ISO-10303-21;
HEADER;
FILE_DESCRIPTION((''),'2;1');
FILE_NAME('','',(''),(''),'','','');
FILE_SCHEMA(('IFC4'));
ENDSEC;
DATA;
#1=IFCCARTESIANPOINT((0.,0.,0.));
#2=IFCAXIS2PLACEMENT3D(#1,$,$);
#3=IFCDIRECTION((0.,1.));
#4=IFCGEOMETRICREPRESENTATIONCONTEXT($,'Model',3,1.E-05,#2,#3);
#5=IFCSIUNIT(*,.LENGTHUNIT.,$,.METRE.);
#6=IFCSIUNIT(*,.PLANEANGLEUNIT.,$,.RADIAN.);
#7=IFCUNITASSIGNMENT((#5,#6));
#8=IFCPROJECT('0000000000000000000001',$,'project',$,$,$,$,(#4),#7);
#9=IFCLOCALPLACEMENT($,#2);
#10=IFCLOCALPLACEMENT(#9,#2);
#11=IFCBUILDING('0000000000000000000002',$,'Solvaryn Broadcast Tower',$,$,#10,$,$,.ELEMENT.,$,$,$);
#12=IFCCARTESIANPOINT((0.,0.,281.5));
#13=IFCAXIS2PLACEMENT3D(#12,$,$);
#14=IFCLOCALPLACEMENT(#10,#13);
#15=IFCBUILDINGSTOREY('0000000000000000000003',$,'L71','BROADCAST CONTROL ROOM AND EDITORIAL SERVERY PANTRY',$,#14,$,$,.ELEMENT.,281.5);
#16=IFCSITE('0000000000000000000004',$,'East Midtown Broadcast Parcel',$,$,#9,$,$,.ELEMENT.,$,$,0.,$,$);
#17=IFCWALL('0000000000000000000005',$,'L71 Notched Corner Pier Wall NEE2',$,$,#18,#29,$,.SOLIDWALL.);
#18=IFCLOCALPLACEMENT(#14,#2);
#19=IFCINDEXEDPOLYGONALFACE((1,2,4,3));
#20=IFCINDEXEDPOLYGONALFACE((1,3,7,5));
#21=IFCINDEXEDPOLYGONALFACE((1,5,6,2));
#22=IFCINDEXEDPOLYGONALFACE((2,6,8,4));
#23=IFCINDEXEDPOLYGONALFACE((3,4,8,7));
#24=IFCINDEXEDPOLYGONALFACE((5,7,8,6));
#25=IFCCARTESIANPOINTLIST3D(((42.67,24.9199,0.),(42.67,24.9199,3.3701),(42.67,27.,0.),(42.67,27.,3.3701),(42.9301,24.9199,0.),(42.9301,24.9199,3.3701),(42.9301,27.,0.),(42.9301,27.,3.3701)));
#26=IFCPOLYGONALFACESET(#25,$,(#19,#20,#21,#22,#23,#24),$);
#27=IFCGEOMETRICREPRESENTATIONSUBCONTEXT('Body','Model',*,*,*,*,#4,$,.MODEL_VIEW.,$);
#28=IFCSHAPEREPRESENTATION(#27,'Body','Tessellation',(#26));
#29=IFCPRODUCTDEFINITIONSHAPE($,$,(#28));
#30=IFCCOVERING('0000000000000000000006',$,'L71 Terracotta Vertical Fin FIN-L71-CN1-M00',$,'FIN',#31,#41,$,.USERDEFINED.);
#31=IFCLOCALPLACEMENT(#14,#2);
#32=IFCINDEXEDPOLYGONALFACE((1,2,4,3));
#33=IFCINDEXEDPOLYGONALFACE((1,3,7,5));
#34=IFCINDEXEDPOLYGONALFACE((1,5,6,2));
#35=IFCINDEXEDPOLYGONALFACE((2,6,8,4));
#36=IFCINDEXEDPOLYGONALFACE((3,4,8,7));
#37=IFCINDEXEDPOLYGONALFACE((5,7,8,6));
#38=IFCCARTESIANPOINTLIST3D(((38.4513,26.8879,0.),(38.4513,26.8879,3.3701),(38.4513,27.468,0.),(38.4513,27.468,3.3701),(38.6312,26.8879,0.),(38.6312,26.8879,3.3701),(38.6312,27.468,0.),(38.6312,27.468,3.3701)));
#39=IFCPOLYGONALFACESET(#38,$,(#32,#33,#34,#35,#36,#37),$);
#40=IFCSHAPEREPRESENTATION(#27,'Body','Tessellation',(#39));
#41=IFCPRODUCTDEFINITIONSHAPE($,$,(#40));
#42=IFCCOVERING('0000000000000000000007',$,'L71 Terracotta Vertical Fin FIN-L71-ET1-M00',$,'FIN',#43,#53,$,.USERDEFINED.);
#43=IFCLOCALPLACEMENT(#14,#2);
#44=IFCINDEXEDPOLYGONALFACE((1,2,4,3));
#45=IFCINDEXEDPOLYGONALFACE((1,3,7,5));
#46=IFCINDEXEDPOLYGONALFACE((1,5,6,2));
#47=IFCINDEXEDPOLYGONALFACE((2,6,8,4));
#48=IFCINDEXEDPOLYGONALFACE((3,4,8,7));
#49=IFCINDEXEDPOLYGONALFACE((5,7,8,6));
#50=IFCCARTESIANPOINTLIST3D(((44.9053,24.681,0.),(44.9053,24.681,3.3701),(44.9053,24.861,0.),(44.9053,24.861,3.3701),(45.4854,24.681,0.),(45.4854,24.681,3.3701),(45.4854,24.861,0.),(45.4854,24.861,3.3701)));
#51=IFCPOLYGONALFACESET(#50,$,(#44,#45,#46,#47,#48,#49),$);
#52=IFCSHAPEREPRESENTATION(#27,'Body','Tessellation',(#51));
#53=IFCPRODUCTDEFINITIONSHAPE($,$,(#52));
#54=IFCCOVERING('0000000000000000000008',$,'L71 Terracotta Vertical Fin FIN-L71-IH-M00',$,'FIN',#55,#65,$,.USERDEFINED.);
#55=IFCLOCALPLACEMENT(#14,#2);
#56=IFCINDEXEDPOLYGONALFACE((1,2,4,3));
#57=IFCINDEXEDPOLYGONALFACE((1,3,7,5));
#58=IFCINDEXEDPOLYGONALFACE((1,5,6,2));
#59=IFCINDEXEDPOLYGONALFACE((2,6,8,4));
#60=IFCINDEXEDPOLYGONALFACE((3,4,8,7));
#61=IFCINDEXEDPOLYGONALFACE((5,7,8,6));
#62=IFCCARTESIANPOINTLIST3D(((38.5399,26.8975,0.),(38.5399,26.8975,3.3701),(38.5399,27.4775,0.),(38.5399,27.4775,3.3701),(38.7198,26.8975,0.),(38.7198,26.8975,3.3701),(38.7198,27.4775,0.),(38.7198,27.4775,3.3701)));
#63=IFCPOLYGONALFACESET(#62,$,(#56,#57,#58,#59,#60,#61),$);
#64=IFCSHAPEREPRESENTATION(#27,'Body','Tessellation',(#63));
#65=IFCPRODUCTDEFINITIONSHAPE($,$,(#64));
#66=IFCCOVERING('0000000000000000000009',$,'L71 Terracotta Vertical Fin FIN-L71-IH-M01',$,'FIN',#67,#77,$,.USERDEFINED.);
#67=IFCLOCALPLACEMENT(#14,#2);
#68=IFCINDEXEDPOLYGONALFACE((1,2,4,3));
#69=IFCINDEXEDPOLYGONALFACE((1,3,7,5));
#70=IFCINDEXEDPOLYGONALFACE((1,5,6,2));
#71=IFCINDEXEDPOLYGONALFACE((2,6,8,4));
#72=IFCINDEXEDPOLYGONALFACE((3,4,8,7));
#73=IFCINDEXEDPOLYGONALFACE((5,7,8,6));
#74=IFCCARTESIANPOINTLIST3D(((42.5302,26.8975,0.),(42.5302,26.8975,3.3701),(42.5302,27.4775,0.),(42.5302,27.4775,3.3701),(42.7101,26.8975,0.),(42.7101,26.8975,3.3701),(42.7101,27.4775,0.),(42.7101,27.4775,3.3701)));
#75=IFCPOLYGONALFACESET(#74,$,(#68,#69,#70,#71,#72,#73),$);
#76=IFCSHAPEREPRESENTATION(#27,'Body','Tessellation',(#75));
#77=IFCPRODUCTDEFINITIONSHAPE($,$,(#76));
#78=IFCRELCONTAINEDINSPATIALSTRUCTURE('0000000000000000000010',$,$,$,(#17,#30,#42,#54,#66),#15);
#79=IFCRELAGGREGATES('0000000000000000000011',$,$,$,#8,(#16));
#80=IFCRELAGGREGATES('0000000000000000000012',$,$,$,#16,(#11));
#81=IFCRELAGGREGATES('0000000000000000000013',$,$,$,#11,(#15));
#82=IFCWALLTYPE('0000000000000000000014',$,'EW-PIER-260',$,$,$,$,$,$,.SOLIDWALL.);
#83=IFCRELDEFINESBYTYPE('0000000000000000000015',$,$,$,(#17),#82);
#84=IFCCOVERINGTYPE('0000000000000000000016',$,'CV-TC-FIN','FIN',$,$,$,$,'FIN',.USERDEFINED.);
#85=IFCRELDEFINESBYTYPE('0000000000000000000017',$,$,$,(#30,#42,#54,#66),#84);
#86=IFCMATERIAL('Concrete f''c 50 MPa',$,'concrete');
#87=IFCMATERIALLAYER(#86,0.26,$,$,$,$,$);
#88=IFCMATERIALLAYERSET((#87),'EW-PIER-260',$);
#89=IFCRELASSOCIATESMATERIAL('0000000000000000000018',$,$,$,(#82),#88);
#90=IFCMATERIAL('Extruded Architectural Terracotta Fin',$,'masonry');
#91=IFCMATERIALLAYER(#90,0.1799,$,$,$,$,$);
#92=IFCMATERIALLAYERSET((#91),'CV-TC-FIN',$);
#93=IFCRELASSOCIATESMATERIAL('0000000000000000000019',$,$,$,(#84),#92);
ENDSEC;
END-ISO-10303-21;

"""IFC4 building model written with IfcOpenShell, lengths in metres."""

from ifc_helpers import new_model, si_unit, direction, frame, frame_2d, origin, origin_2d, place, context, subcontext, project, spatial, rectangle, extrude, material, layer, layer_set, type_object, element, save


model = new_model("IFC4")

# Units and contexts
model_context = context("Model", 3, precision=1e-05, world=origin(), true_north=direction((0.0, 1.0)))
body_context = subcontext(model_context, "Body", "Model", "MODEL_VIEW")
ifc_project = project(units=[si_unit("LENGTHUNIT", "METRE"), si_unit("PLANEANGLEUNIT", "RADIAN")], contexts=[model_context])

# Site, building, storey
site_placement = place(None, origin())
site = spatial("IfcSite", under=ifc_project, at=site_placement, Name="East Midtown Broadcast Parcel", CompositionType="ELEMENT", RefElevation=0.0)
building_placement = place(site_placement, origin())
building = spatial("IfcBuilding", under=site, at=building_placement, Name="Solvaryn Broadcast Tower", CompositionType="ELEMENT")
storey_placement = place(building_placement, frame((0.0, 0.0, 281.5)))
storey = spatial("IfcBuildingStorey", under=building, at=storey_placement, Name="L71", Description="BROADCAST CONTROL ROOM AND EDITORIAL SERVERY PANTRY", CompositionType="ELEMENT", Elevation=281.5)

# Wall
ifc_material_1 = material(Name="Concrete f'c 50 MPa", Category="concrete")
ifc_layer_1 = layer(ifc_material_1, 0.26)
ifc_layer_set_1 = layer_set([ifc_layer_1], Name="EW-PIER-260")
wall_type_1 = type_object("IfcWallType", Name="EW-PIER-260", PredefinedType="SOLIDWALL", material=ifc_layer_set_1)
wall_1_placement = place(storey_placement, frame((42.8, 24.9199, 0.0), z_axis=(0.0, 0.0, 1.0), x_axis=(0.0, 1.0, 0.0)))
element("IfcWall", 1, at=wall_1_placement, inside=storey, type_object=wall_type_1, Name="L71 Notched Corner Pier Wall NEE2", PredefinedType="SOLIDWALL", context=body_context, shape_type="SweptSolid", body=[
    extrude(rectangle(XDim=2.0801, YDim=0.26, at=frame_2d((1.04, 0.0))), origin(), (0.0, 0.0, 1.0), 3.3701),
])

# Coverings
ifc_material_2 = material(Name="Extruded Architectural Terracotta Fin", Category="masonry")
ifc_layer_2 = layer(ifc_material_2, 0.1799)
ifc_layer_set_2 = layer_set([ifc_layer_2], Name="CV-TC-FIN")
covering_type = type_object("IfcCoveringType", Name="CV-TC-FIN", Description="FIN", ElementType="FIN", PredefinedType="USERDEFINED", material=ifc_layer_set_2)
covering_1_placement = place(storey_placement, frame((38.5413, 27.178, 0.0), z_axis=(0.0, 0.0, 1.0), x_axis=(1.0, 0.0, 0.0)))
element("IfcCovering", 2, at=covering_1_placement, inside=storey, type_object=covering_type, Name="L71 Terracotta Vertical Fin FIN-L71-CN1-M00", ObjectType="FIN", PredefinedType="USERDEFINED", context=body_context, shape_type="SweptSolid", body=[
    extrude(rectangle(XDim=0.1799, YDim=0.5801, at=origin_2d()), origin(), (0.0, 0.0, 1.0), 3.3701),
])
covering_2_placement = place(storey_placement, frame((45.1953, 24.771, 0.0), z_axis=(0.0, 0.0, 1.0), x_axis=(1.0, 0.0, 0.0)))
element("IfcCovering", 3, at=covering_2_placement, inside=storey, type_object=covering_type, Name="L71 Terracotta Vertical Fin FIN-L71-ET1-M00", ObjectType="FIN", PredefinedType="USERDEFINED", context=body_context, shape_type="SweptSolid", body=[
    extrude(rectangle(XDim=0.5801, YDim=0.1799, at=origin_2d()), origin(), (0.0, 0.0, 1.0), 3.3701),
])
for number, where, z_axis, x_axis, name in (
    (4, (38.6299, 27.1875, 0.0), (0.0, 0.0, 1.0), (1.0, 0.0, 0.0), "L71 Terracotta Vertical Fin FIN-L71-IH-M00"),
    (5, (42.6201, 27.1875, 0.0), (0.0, 0.0, 1.0), (1.0, 0.0, 0.0), "L71 Terracotta Vertical Fin FIN-L71-IH-M01"),
):
    element("IfcCovering", number, at=place(storey_placement, frame(where, z_axis=z_axis, x_axis=x_axis)), inside=storey, type_object=covering_type, Name=name, ObjectType="FIN", PredefinedType="USERDEFINED", context=body_context, shape_type="SweptSolid", body=[
        extrude(rectangle(XDim=0.1799, YDim=0.5801, at=origin_2d()), origin(), (0.0, 0.0, 1.0), 3.3701),
    ])

save(model, "model.ifc")
